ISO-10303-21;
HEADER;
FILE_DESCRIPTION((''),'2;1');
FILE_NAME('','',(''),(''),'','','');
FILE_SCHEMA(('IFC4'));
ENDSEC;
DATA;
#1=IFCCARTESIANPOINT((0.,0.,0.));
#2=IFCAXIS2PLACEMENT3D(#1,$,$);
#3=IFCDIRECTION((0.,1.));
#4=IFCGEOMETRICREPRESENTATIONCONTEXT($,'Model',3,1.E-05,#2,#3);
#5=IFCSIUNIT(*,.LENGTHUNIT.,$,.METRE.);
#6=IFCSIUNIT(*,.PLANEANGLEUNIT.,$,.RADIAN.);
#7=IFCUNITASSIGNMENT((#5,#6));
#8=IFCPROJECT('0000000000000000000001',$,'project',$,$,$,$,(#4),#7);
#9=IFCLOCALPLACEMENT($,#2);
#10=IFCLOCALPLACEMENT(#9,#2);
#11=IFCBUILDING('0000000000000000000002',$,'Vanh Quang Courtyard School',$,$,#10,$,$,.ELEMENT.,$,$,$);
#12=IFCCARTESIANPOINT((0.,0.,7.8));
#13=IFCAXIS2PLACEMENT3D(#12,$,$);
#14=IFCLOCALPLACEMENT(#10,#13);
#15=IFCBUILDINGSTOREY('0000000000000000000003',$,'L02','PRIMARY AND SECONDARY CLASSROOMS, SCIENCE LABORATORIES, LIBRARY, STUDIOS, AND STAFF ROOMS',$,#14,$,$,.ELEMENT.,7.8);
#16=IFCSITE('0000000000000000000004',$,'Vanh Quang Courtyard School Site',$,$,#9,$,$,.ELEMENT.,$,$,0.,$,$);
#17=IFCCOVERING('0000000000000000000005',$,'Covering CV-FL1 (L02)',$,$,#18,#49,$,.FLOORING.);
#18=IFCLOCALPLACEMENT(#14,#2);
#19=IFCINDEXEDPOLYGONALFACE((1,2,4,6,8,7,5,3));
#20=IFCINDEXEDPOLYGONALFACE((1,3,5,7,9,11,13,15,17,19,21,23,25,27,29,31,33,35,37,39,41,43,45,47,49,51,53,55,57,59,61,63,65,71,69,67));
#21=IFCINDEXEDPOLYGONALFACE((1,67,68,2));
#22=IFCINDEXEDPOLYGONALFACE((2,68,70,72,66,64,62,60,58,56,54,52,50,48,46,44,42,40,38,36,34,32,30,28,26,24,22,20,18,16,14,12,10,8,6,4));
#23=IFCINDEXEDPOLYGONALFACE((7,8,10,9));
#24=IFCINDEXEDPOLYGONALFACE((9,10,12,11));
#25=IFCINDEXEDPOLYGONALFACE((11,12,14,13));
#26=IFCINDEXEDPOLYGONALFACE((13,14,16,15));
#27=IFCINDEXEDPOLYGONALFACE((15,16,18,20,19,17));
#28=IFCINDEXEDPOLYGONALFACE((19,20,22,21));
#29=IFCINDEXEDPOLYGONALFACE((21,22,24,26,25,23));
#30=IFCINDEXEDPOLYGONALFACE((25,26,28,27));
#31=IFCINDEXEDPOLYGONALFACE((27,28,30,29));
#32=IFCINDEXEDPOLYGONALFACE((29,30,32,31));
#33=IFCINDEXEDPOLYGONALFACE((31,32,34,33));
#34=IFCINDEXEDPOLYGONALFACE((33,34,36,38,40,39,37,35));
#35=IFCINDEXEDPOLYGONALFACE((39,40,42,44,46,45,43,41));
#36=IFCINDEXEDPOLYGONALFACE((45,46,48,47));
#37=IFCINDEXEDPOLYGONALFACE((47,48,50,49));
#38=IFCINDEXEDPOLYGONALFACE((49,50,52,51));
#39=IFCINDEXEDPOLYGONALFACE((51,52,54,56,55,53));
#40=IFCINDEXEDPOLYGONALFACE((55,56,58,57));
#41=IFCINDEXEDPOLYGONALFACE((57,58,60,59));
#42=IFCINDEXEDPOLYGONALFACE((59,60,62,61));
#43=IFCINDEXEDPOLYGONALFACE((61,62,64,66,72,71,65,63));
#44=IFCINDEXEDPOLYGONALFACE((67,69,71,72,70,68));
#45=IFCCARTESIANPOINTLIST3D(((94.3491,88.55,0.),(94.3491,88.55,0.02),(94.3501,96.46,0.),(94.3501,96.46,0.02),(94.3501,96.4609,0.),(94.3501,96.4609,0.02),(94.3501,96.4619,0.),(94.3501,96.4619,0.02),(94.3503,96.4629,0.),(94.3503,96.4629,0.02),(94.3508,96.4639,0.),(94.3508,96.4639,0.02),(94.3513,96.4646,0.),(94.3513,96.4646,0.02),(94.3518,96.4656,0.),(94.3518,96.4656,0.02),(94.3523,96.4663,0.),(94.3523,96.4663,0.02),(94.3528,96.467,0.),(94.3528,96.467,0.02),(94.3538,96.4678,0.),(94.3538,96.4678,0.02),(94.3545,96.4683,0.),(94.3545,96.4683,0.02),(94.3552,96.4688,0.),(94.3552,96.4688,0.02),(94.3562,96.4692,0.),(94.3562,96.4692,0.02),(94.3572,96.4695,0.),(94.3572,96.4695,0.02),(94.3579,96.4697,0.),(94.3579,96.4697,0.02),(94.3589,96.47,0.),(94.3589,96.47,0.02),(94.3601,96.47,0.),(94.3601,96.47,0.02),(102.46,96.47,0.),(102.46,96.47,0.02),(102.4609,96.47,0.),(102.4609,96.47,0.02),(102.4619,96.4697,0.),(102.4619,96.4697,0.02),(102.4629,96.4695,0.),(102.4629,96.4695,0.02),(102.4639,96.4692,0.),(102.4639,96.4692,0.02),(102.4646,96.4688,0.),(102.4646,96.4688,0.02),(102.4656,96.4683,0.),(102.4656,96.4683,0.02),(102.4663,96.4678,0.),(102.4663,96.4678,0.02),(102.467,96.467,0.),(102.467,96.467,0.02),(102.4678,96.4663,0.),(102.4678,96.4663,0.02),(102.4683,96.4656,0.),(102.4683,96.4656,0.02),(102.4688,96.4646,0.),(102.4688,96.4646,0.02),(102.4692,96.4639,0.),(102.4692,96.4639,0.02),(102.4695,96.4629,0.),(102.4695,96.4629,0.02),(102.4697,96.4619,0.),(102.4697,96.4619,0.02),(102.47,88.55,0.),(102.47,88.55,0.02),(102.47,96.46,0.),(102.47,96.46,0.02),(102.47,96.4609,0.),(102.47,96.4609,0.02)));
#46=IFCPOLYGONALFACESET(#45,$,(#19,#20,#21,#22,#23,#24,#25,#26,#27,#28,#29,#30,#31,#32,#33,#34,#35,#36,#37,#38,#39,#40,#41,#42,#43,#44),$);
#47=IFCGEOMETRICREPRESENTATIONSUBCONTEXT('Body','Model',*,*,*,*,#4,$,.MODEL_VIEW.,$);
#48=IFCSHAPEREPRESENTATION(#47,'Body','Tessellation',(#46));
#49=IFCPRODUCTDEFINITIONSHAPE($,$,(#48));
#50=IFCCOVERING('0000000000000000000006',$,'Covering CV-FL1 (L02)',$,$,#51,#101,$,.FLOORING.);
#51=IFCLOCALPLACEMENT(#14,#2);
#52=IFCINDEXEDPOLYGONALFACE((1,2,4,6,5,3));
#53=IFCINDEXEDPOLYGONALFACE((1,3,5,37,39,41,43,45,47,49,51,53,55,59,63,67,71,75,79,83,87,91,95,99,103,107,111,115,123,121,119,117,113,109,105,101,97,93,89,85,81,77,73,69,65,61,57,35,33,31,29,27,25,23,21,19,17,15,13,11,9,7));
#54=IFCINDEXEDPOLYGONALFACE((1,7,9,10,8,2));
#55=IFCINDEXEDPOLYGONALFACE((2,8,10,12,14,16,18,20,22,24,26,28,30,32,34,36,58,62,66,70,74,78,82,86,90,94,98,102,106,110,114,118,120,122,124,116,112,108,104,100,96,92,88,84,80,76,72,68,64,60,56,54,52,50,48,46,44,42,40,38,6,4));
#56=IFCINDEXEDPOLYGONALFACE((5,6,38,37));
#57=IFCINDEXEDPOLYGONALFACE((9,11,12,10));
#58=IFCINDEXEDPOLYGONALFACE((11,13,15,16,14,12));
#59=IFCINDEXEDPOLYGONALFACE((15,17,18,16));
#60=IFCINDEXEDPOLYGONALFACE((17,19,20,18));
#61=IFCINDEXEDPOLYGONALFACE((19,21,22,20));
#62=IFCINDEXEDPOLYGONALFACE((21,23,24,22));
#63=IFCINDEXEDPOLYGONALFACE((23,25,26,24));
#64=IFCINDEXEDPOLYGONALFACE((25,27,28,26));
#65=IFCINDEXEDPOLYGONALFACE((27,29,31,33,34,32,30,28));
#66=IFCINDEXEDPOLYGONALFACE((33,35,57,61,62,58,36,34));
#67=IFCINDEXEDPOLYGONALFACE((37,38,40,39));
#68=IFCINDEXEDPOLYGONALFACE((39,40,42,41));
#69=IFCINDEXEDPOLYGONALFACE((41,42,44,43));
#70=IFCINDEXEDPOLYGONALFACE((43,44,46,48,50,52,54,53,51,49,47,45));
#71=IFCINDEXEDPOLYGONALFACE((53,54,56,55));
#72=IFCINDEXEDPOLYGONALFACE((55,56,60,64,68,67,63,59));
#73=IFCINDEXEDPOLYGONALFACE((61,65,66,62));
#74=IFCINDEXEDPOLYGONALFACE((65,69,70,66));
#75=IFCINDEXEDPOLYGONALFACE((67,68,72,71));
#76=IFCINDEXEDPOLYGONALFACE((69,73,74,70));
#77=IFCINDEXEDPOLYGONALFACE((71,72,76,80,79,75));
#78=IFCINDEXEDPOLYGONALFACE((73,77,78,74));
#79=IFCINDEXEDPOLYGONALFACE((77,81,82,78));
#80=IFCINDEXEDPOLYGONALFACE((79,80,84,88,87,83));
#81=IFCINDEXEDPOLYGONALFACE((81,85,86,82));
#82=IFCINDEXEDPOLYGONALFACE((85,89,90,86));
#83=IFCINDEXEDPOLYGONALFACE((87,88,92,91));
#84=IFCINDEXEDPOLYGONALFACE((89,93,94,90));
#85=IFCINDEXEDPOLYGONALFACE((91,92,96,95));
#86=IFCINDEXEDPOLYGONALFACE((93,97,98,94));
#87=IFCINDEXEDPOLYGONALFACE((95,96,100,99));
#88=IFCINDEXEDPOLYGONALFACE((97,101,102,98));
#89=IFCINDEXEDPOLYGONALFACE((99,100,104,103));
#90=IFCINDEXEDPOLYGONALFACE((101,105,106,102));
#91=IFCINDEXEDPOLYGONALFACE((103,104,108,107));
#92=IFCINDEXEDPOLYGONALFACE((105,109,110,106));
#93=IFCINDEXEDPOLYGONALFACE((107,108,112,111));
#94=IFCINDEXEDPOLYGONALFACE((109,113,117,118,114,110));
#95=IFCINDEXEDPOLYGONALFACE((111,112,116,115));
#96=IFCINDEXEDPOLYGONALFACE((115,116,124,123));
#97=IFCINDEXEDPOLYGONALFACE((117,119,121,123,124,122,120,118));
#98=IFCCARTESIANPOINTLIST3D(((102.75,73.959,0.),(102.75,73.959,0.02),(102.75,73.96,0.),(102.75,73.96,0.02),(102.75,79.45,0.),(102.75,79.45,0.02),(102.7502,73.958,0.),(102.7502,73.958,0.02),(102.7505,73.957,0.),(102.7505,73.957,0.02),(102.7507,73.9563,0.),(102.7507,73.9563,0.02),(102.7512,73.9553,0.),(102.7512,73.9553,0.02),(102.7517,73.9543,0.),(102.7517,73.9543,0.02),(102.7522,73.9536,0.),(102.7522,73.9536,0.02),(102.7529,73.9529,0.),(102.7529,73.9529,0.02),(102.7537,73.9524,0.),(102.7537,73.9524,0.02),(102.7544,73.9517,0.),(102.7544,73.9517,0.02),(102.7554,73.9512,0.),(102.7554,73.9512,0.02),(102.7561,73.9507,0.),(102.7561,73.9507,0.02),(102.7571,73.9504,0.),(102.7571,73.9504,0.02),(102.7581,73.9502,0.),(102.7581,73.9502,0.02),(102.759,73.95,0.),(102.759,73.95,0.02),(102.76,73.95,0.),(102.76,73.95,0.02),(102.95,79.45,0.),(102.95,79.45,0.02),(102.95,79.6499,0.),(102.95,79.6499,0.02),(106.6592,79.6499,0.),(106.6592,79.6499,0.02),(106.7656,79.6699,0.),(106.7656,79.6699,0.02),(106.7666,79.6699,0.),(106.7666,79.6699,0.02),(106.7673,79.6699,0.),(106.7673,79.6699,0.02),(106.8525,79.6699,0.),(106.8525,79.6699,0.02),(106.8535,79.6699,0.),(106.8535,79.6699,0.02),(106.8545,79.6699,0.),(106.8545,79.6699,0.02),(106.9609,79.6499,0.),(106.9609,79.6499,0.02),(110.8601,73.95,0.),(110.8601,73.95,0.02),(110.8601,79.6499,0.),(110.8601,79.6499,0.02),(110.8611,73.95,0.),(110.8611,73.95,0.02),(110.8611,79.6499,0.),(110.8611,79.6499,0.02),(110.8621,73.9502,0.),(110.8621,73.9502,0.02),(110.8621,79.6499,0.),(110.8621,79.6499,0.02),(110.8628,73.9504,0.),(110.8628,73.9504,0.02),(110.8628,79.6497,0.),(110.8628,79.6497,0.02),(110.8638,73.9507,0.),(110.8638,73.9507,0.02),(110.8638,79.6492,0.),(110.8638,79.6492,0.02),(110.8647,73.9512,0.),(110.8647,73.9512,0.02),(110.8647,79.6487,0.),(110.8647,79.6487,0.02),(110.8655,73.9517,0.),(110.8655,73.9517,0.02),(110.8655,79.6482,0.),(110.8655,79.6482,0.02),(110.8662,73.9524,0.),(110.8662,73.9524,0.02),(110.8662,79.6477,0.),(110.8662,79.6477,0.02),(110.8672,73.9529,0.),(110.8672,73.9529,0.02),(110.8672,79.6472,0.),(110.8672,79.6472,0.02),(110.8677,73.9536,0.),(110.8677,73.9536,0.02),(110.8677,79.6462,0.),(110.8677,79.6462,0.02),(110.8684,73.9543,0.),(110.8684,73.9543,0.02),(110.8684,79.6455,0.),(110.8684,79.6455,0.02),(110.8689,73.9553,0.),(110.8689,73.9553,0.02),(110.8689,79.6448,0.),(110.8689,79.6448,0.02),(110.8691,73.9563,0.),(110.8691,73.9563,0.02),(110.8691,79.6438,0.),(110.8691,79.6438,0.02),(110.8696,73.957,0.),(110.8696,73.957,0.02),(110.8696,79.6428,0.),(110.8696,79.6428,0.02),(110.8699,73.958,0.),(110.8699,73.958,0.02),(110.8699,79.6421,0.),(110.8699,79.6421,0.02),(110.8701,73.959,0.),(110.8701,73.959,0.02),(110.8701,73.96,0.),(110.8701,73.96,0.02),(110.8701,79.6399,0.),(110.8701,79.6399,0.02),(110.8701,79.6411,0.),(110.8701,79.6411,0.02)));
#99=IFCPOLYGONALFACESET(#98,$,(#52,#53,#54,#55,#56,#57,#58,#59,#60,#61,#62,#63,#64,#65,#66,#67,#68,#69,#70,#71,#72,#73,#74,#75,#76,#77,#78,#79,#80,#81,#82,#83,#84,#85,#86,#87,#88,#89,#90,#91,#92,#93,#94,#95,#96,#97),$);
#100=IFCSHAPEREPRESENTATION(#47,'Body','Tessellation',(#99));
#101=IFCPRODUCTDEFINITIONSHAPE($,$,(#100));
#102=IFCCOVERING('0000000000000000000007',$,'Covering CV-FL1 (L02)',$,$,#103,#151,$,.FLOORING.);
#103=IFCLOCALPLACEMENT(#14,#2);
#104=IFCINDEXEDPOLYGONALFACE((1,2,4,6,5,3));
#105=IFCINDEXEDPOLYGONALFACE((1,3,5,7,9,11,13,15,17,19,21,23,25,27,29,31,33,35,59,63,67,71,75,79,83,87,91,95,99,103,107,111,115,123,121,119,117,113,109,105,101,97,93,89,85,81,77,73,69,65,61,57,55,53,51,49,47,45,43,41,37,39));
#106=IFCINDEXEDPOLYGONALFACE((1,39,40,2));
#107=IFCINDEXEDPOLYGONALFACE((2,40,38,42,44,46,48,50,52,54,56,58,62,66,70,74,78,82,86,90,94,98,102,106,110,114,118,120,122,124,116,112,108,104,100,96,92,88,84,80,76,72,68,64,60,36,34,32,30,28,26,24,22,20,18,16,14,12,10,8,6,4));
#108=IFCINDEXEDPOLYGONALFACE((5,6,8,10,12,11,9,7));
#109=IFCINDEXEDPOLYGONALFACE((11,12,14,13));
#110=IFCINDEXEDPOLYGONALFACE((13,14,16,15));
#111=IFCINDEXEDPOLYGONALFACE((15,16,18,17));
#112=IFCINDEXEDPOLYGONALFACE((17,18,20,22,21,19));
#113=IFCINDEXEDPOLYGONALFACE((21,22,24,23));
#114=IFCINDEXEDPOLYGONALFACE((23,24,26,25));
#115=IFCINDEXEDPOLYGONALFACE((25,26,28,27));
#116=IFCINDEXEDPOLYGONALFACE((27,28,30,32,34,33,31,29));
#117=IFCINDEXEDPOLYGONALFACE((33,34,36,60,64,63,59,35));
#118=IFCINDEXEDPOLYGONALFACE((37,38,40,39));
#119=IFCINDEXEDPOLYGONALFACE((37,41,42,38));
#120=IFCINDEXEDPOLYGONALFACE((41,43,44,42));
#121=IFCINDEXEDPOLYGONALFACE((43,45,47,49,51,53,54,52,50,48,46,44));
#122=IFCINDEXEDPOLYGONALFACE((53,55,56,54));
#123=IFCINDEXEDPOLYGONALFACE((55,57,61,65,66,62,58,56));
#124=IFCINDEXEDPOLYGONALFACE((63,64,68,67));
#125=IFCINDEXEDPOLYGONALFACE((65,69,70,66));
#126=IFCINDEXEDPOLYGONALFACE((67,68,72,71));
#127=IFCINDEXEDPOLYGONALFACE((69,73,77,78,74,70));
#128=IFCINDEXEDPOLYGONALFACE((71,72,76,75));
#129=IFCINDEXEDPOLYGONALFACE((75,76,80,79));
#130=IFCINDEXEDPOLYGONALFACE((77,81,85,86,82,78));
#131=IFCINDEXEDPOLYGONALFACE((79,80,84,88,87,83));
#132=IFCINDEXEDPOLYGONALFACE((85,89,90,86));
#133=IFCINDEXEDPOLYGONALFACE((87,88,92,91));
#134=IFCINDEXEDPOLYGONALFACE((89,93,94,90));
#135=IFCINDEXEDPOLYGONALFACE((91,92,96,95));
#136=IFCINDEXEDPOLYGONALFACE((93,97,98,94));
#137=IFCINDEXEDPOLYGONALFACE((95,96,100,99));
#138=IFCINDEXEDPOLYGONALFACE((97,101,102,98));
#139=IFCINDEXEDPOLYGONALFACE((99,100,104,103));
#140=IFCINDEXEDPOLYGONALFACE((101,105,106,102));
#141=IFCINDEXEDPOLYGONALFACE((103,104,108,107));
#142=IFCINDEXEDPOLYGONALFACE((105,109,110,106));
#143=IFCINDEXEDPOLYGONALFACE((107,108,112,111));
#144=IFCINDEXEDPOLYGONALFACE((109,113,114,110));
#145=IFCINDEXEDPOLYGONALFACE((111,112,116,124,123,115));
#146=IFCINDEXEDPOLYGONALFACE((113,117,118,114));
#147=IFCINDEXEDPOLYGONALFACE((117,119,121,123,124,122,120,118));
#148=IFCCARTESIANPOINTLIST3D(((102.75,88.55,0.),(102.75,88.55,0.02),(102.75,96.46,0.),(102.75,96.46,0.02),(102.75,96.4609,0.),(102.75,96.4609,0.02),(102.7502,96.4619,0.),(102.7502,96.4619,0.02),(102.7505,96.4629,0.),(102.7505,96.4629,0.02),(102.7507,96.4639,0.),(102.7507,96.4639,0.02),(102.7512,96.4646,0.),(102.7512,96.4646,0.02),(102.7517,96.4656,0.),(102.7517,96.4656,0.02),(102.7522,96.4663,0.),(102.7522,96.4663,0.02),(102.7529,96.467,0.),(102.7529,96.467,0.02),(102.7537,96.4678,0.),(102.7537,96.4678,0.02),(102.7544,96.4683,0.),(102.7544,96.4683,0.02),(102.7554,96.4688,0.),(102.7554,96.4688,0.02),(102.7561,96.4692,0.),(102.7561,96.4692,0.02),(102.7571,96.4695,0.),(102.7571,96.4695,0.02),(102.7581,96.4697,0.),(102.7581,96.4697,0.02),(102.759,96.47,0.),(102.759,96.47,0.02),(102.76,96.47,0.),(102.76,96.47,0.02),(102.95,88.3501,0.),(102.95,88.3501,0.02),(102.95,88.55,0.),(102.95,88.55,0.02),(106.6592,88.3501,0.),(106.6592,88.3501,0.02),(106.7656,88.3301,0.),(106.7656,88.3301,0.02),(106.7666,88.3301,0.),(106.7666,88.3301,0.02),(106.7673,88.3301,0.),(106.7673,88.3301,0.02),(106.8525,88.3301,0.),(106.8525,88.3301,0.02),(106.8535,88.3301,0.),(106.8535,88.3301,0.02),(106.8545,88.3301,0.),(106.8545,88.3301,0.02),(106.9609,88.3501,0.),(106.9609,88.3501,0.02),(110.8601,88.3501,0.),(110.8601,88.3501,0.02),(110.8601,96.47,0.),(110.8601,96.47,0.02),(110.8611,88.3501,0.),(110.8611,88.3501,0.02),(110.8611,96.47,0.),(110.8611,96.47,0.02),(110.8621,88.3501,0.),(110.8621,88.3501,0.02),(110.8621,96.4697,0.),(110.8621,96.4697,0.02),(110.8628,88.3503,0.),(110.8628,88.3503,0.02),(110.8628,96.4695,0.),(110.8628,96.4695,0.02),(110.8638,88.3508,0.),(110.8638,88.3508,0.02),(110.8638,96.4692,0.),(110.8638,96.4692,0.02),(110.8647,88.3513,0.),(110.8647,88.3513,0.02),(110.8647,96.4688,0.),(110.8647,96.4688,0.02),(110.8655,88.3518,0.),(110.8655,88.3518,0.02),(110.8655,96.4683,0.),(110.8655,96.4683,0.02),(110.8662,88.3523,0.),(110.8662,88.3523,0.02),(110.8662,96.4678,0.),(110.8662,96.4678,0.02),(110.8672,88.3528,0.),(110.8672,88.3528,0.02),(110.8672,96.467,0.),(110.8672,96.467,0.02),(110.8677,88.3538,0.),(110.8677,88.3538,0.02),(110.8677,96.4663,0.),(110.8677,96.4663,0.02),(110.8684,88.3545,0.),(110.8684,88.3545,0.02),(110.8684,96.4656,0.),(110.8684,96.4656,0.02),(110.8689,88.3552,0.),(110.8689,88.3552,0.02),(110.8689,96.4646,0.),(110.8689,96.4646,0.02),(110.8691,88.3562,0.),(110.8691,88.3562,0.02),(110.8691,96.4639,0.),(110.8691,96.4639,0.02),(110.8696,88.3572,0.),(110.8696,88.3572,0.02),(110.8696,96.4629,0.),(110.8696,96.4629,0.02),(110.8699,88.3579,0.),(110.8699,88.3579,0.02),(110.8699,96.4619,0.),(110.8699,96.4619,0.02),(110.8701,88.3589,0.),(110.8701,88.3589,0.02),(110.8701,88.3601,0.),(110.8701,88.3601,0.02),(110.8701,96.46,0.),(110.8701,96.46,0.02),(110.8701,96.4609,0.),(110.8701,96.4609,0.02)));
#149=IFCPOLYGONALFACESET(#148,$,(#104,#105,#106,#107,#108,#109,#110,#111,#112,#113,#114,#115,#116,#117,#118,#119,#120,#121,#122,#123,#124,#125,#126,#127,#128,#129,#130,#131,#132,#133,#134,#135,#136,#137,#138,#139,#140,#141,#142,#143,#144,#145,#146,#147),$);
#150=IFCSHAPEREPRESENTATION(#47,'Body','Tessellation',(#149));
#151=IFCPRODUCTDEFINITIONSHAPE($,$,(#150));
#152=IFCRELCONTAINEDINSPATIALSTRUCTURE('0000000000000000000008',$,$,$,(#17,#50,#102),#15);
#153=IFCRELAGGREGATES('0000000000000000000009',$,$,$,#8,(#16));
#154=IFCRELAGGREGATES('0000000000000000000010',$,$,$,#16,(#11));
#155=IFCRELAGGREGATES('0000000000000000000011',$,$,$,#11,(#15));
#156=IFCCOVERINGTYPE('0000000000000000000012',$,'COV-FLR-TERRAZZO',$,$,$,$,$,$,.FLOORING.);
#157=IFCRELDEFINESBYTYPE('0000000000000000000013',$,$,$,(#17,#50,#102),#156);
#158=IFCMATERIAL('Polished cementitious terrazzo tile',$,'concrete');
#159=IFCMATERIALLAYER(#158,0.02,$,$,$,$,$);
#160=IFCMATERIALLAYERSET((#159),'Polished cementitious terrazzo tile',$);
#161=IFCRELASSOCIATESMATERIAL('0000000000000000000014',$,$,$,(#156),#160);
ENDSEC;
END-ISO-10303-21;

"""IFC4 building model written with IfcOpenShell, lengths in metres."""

from ifc_helpers import new_model, si_unit, direction, frame, origin, place, context, subcontext, project, spatial, polyline, outline, extrude, material, layer, layer_set, type_object, element, save


model = new_model("IFC4")

# Units and contexts
model_context = context("Model", 3, precision=1e-05, world=origin(), true_north=direction((0.0, 1.0)))
body_context = subcontext(model_context, "Body", "Model", "MODEL_VIEW")
ifc_project = project(units=[si_unit("LENGTHUNIT", "METRE"), si_unit("PLANEANGLEUNIT", "RADIAN")], contexts=[model_context])

# Site, building, storey
site_placement = place(None, origin())
site = spatial("IfcSite", under=ifc_project, at=site_placement, Name="Vanh Quang Courtyard School Site", CompositionType="ELEMENT", RefElevation=0.0)
building_placement = place(site_placement, origin())
building = spatial("IfcBuilding", under=site, at=building_placement, Name="Vanh Quang Courtyard School", CompositionType="ELEMENT")
storey_placement = place(building_placement, frame((0.0, 0.0, 7.8)))
storey = spatial("IfcBuildingStorey", under=building, at=storey_placement, Name="L02", Description="PRIMARY AND SECONDARY CLASSROOMS, SCIENCE LABORATORIES, LIBRARY, STUDIOS, AND STAFF ROOMS", CompositionType="ELEMENT", Elevation=7.8)

# Coverings
ifc_material_1 = material(Name="Polished cementitious terrazzo tile", Category="concrete")
ifc_layer_1 = layer(ifc_material_1, 0.02)
ifc_layer_set_1 = layer_set([ifc_layer_1], Name="Polished cementitious terrazzo tile")
covering_type_1 = type_object("IfcCoveringType", Name="COV-FLR-TERRAZZO", PredefinedType="FLOORING", material=ifc_layer_set_1)
covering_1_placement = place(storey_placement, origin())
element("IfcCovering", 1, at=covering_1_placement, inside=storey, type_object=covering_type_1, Name="Covering CV-FL1 (L02)", PredefinedType="FLOORING", context=body_context, shape_type="SweptSolid", body=[
    extrude(outline(polyline([(94.3501, 96.46), (94.3501, 96.4609), (94.3501, 96.4619), (94.3503, 96.4629), (94.3508, 96.4639), (94.3513, 96.4646), (94.3518, 96.4656), (94.3523, 96.4663), (94.3528, 96.467), (94.3538, 96.4678), (94.3545, 96.4683), (94.3552, 96.4688), (94.3562, 96.4692), (94.3572, 96.4695), (94.3579, 96.4697), (94.3589, 96.47), (94.3601, 96.47), (102.46, 96.47), (102.4609, 96.47), (102.4619, 96.4697), (102.4629, 96.4695), (102.4639, 96.4692), (102.4646, 96.4688), (102.4656, 96.4683), (102.4663, 96.4678), (102.467, 96.467), (102.4678, 96.4663), (102.4683, 96.4656), (102.4688, 96.4646), (102.4692, 96.4639), (102.4695, 96.4629), (102.4697, 96.4619), (102.47, 96.4609), (102.47, 96.46), (102.47, 88.55), (94.3491, 88.55), (94.3501, 96.46)])), origin(), (0.0, 0.0, 1.0), 0.02),
])
covering_2_placement = place(storey_placement, origin())
element("IfcCovering", 2, at=covering_2_placement, inside=storey, type_object=covering_type_1, Name="Covering CV-FL1 (L02)", PredefinedType="FLOORING", context=body_context, shape_type="SweptSolid", body=[
    extrude(outline(polyline([(102.75, 79.45), (102.95, 79.45), (102.95, 79.6499), (106.6592, 79.6499), (106.7656, 79.6699), (106.7666, 79.6699), (106.7673, 79.6699), (106.8525, 79.6699), (106.8535, 79.6699), (106.8545, 79.6699), (106.9609, 79.6499), (110.8601, 79.6499), (110.8611, 79.6499), (110.8621, 79.6499), (110.8628, 79.6497), (110.8638, 79.6492), (110.8647, 79.6487), (110.8655, 79.6482), (110.8662, 79.6477), (110.8672, 79.6472), (110.8677, 79.6462), (110.8684, 79.6455), (110.8689, 79.6448), (110.8691, 79.6438), (110.8696, 79.6428), (110.8699, 79.6421), (110.8701, 79.6411), (110.8701, 79.6399), (110.8701, 73.96), (110.8701, 73.959), (110.8699, 73.958), (110.8696, 73.957), (110.8691, 73.9563), (110.8689, 73.9553), (110.8684, 73.9543), (110.8677, 73.9536), (110.8672, 73.9529), (110.8662, 73.9524), (110.8655, 73.9517), (110.8647, 73.9512), (110.8638, 73.9507), (110.8628, 73.9504), (110.8621, 73.9502), (110.8611, 73.95), (110.8601, 73.95), (102.76, 73.95), (102.759, 73.95), (102.7581, 73.9502), (102.7571, 73.9504), (102.7561, 73.9507), (102.7554, 73.9512), (102.7544, 73.9517), (102.7537, 73.9524), (102.7529, 73.9529), (102.7522, 73.9536), (102.7517, 73.9543), (102.7512, 73.9553), (102.7507, 73.9563), (102.7505, 73.957), (102.7502, 73.958), (102.75, 73.959), (102.75, 73.96), (102.75, 79.45)])), origin(), (0.0, 0.0, 1.0), 0.02),
])
covering_3_placement = place(storey_placement, origin())
element("IfcCovering", 3, at=covering_3_placement, inside=storey, type_object=covering_type_1, Name="Covering CV-FL1 (L02)", PredefinedType="FLOORING", context=body_context, shape_type="SweptSolid", body=[
    extrude(outline(polyline([(102.95, 88.3501), (102.95, 88.55), (102.75, 88.55), (102.75, 96.46), (102.75, 96.4609), (102.7502, 96.4619), (102.7505, 96.4629), (102.7507, 96.4639), (102.7512, 96.4646), (102.7517, 96.4656), (102.7522, 96.4663), (102.7529, 96.467), (102.7537, 96.4678), (102.7544, 96.4683), (102.7554, 96.4688), (102.7561, 96.4692), (102.7571, 96.4695), (102.7581, 96.4697), (102.759, 96.47), (102.76, 96.47), (110.8601, 96.47), (110.8611, 96.47), (110.8621, 96.4697), (110.8628, 96.4695), (110.8638, 96.4692), (110.8647, 96.4688), (110.8655, 96.4683), (110.8662, 96.4678), (110.8672, 96.467), (110.8677, 96.4663), (110.8684, 96.4656), (110.8689, 96.4646), (110.8691, 96.4639), (110.8696, 96.4629), (110.8699, 96.4619), (110.8701, 96.4609), (110.8701, 96.46), (110.8701, 88.3601), (110.8701, 88.3589), (110.8699, 88.3579), (110.8696, 88.3572), (110.8691, 88.3562), (110.8689, 88.3552), (110.8684, 88.3545), (110.8677, 88.3538), (110.8672, 88.3528), (110.8662, 88.3523), (110.8655, 88.3518), (110.8647, 88.3513), (110.8638, 88.3508), (110.8628, 88.3503), (110.8621, 88.3501), (110.8611, 88.3501), (110.8601, 88.3501), (106.9609, 88.3501), (106.8545, 88.3301), (106.8535, 88.3301), (106.8525, 88.3301), (106.7673, 88.3301), (106.7666, 88.3301), (106.7656, 88.3301), (106.6592, 88.3501), (102.95, 88.3501)])), origin(), (0.0, 0.0, 1.0), 0.02),
])

save(model, "model.ifc")
